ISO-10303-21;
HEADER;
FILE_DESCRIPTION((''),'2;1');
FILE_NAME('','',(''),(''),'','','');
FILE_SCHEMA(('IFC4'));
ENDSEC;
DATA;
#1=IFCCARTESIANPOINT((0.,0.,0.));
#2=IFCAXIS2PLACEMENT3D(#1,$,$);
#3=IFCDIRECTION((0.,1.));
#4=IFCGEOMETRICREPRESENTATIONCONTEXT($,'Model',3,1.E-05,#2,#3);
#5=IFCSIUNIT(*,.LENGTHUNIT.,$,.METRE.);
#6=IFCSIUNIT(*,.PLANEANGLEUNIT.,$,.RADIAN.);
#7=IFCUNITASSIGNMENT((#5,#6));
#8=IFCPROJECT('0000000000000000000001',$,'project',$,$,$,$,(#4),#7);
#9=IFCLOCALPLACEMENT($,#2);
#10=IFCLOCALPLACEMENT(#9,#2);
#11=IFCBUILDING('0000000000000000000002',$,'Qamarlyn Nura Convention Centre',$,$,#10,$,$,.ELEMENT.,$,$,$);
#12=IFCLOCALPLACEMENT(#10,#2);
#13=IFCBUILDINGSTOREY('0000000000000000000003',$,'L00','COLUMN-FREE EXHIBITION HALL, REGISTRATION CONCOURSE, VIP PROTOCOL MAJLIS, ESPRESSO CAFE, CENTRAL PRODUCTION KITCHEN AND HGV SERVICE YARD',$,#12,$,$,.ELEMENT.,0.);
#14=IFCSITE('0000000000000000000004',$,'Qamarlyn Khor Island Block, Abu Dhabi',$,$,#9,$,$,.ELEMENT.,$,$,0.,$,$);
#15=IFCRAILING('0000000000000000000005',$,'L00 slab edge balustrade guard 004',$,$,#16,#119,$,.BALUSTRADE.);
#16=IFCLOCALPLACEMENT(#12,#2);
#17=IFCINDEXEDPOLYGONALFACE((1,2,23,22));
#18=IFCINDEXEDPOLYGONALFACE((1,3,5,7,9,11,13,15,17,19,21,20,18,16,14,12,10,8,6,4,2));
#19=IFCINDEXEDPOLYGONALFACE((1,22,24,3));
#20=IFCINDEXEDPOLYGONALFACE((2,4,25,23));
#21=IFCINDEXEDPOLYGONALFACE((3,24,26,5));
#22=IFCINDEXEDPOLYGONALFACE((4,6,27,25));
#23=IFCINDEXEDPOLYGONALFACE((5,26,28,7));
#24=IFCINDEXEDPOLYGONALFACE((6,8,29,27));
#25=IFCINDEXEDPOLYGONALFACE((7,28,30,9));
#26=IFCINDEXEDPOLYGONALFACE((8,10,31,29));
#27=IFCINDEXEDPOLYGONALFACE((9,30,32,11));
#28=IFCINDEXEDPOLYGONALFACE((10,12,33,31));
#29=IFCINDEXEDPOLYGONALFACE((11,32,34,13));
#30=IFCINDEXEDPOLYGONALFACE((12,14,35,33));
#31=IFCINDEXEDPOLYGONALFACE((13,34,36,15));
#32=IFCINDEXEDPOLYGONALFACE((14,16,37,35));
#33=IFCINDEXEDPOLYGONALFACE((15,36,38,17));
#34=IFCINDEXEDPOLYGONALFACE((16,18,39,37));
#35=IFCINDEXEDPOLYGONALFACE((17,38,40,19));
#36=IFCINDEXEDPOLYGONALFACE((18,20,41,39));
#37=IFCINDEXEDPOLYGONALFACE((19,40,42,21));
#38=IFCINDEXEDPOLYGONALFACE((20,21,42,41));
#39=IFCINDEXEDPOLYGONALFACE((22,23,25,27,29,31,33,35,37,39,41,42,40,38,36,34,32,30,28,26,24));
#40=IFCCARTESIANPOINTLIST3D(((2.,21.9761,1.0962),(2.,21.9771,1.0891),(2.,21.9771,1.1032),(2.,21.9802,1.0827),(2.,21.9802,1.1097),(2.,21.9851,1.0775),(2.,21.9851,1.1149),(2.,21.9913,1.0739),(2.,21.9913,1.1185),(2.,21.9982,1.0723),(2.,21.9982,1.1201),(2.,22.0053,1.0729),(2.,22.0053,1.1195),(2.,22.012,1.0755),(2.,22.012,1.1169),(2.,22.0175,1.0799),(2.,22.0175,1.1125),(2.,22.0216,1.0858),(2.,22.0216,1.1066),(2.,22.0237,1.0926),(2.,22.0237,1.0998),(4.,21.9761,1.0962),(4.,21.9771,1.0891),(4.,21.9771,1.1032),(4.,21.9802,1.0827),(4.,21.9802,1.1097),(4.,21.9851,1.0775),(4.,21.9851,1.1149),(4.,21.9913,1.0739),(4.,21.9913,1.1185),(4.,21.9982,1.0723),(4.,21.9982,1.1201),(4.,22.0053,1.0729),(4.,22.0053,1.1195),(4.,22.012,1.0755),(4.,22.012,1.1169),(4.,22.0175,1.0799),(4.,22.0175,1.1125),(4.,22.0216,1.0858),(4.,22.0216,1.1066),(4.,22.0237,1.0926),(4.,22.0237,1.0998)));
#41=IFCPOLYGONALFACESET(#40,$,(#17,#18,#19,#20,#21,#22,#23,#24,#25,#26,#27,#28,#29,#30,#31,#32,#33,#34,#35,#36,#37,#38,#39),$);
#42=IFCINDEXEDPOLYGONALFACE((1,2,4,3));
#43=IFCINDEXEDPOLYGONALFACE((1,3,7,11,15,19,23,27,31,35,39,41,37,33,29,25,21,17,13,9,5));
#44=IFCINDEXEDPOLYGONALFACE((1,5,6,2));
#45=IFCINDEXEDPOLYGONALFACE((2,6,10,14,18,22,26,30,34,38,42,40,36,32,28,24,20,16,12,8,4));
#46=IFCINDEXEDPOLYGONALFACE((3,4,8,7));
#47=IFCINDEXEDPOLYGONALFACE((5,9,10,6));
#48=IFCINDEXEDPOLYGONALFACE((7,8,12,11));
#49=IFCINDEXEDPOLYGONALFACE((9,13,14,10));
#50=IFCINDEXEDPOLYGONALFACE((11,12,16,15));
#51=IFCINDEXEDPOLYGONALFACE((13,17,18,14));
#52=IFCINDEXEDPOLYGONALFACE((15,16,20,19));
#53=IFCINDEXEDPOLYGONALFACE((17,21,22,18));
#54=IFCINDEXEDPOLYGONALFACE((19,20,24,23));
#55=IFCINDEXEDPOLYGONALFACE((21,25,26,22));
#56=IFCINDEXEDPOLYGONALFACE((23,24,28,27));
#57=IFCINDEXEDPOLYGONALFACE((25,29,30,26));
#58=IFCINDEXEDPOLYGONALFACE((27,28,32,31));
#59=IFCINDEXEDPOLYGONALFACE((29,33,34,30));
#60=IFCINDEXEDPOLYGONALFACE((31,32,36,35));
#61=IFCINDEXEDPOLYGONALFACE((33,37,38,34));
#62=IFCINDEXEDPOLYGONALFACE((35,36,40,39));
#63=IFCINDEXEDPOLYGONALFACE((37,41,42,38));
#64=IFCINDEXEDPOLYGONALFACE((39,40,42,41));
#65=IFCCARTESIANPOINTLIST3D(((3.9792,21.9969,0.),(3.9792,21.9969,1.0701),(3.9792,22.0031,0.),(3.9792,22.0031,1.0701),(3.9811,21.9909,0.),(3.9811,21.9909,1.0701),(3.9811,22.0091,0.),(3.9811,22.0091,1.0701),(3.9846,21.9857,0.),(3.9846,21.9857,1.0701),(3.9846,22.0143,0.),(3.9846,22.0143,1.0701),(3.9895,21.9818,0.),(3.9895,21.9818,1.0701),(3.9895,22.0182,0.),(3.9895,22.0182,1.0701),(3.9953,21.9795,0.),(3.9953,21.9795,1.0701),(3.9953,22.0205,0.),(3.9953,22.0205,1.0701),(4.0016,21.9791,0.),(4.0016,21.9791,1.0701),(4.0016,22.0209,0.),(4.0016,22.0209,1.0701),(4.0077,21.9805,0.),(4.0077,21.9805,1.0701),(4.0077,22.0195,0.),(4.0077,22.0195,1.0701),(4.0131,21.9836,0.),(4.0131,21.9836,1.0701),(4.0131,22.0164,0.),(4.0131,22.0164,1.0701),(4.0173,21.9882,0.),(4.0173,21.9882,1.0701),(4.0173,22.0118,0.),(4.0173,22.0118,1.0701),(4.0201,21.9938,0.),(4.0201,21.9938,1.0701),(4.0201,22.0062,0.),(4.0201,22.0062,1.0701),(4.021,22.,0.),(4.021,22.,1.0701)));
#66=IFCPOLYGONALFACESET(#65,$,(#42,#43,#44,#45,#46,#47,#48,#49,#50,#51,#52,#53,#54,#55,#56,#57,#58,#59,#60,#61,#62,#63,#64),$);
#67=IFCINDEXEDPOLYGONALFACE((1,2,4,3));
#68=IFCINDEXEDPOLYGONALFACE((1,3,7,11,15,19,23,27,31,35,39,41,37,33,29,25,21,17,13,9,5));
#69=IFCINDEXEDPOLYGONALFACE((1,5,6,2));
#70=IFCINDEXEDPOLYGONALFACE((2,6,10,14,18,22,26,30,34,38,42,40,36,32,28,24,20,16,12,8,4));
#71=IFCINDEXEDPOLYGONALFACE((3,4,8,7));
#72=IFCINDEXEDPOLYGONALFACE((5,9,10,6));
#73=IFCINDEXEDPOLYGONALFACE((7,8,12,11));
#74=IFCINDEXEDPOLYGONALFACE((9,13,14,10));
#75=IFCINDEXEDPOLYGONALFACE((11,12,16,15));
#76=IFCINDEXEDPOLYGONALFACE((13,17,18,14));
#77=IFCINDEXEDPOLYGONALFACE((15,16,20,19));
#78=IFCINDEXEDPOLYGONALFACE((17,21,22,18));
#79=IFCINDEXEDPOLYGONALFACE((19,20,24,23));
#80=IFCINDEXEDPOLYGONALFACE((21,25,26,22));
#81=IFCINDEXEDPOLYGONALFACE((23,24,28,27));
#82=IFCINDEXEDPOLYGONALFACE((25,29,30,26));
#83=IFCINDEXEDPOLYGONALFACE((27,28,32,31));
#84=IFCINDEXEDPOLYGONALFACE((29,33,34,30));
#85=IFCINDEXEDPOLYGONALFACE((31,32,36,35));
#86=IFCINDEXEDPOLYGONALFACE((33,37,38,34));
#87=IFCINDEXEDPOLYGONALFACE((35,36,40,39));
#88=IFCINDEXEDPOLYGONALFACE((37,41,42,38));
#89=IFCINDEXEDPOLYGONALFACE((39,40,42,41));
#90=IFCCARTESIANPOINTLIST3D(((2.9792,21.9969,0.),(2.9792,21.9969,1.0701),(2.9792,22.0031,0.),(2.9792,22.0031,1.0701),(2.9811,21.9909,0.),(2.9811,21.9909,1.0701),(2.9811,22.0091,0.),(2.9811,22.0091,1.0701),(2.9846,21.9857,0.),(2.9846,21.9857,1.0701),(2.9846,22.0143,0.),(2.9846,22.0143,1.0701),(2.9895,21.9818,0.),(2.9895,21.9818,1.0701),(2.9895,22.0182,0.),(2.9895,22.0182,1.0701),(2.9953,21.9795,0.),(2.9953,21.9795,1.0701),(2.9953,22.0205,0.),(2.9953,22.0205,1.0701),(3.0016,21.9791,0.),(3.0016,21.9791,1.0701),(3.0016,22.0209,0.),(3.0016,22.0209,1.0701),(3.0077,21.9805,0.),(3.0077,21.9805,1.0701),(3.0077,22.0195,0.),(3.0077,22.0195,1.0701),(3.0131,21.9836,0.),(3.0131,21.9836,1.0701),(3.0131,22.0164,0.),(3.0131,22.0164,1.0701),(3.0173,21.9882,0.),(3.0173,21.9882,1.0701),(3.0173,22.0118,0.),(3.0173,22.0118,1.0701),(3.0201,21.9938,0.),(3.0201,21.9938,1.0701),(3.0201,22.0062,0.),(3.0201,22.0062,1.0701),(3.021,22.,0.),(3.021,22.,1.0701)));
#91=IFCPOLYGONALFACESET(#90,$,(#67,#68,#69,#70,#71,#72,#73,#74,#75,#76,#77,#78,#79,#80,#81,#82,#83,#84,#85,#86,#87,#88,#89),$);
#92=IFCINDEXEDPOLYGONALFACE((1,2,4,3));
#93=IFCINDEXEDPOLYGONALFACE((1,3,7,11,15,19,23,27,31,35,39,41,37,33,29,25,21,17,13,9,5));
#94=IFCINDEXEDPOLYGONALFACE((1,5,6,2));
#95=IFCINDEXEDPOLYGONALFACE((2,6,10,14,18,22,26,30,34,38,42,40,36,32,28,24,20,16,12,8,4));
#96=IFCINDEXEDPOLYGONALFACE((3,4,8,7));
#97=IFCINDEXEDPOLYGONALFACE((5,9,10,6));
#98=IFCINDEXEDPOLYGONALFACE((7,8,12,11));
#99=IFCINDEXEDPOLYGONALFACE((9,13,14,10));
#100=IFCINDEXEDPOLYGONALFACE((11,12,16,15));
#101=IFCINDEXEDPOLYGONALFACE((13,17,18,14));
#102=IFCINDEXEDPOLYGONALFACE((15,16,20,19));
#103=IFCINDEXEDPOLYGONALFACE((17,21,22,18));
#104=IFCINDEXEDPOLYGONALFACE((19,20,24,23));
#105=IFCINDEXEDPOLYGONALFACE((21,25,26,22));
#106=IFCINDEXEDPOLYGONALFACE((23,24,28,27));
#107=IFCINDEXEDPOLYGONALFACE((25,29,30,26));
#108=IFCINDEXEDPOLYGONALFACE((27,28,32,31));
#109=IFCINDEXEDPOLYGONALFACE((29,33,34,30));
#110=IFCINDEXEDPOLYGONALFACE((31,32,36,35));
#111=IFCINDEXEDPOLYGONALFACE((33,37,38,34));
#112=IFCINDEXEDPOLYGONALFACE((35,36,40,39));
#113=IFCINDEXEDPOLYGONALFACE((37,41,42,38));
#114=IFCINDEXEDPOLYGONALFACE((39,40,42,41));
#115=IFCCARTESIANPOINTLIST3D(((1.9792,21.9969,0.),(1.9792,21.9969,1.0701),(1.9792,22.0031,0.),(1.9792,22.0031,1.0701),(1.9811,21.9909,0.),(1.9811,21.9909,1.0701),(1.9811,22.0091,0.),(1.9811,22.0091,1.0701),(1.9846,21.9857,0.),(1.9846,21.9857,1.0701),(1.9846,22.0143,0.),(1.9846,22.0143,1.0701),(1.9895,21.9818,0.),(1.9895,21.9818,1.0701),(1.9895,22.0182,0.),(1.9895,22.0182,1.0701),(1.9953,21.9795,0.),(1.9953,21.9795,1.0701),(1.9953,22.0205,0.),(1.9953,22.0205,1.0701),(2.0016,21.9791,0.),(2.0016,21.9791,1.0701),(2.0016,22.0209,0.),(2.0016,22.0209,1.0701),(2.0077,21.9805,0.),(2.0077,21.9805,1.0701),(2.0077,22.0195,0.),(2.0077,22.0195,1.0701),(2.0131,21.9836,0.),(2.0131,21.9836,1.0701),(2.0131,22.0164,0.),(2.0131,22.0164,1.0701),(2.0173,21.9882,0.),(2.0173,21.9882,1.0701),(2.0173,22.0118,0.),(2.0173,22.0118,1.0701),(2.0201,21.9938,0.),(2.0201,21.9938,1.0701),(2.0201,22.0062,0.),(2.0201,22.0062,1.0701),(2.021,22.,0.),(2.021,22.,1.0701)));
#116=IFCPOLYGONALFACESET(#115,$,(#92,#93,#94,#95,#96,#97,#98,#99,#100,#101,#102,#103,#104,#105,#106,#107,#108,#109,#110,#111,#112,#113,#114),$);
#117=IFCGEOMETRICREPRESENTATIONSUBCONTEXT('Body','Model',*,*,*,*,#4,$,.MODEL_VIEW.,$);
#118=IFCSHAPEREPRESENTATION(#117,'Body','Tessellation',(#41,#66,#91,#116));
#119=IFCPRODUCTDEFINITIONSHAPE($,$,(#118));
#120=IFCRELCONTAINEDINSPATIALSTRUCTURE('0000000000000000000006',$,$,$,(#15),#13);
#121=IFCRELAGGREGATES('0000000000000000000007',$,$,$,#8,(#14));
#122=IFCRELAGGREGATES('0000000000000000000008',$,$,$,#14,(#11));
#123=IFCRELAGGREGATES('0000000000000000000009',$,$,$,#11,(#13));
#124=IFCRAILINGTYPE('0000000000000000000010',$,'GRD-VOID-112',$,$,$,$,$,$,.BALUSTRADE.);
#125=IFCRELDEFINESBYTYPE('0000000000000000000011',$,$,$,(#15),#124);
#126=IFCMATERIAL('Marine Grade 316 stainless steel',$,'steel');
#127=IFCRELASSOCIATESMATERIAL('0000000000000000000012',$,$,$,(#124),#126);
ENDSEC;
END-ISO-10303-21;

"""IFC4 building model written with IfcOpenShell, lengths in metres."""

from ifc_helpers import new_model, si_unit, direction, frame, origin, origin_2d, place, context, subcontext, project, spatial, circle, extrude, material, type_object, element, save


model = new_model("IFC4")

# Units and contexts
model_context = context("Model", 3, precision=1e-05, world=origin(), true_north=direction((0.0, 1.0)))
body_context = subcontext(model_context, "Body", "Model", "MODEL_VIEW")
ifc_project = project(units=[si_unit("LENGTHUNIT", "METRE"), si_unit("PLANEANGLEUNIT", "RADIAN")], contexts=[model_context])

# Site, building, storey
site_placement = place(None, origin())
site = spatial("IfcSite", under=ifc_project, at=site_placement, Name="Qamarlyn Khor Island Block, Abu Dhabi", CompositionType="ELEMENT", RefElevation=0.0)
building_placement = place(site_placement, origin())
building = spatial("IfcBuilding", under=site, at=building_placement, Name="Qamarlyn Nura Convention Centre", CompositionType="ELEMENT")
storey_placement = place(building_placement, origin())
storey = spatial("IfcBuildingStorey", under=building, at=storey_placement, Name="L00", Description="COLUMN-FREE EXHIBITION HALL, REGISTRATION CONCOURSE, VIP PROTOCOL MAJLIS, ESPRESSO CAFE, CENTRAL PRODUCTION KITCHEN AND HGV SERVICE YARD", CompositionType="ELEMENT", Elevation=0.0)

# Railing
ifc_material_1 = material(Name="Marine Grade 316 stainless steel", Category="steel")
railing_type = type_object("IfcRailingType", Name="GRD-VOID-112", PredefinedType="BALUSTRADE", material=ifc_material_1)
railing_1_placement = place(storey_placement, frame((4.0, 22.0, 0.0)))
element("IfcRailing", 1, at=railing_1_placement, inside=storey, type_object=railing_type, Name="L00 slab edge balustrade guard 004", PredefinedType="BALUSTRADE", context=body_context, shape_type="SweptSolid", body=[
    extrude(circle(Radius=0.0239, at=origin_2d()), frame((0.0, 0.0, 1.0962), z_axis=(-1.0, 0.0, 0.0), x_axis=(0.0, -1.0, 0.0)), (0.0, 0.0, 1.0), 2.0),
    extrude(circle(Radius=0.021, at=origin_2d()), origin(), (0.0, 0.0, 1.0), 1.0701),
    extrude(circle(Radius=0.021, at=origin_2d()), frame((-1.0, 0.0, 0.0)), (0.0, 0.0, 1.0), 1.0701),
    extrude(circle(Radius=0.021, at=origin_2d()), frame((-2.0, 0.0, 0.0)), (0.0, 0.0, 1.0), 1.0701),
])

save(model, "model.ifc")
